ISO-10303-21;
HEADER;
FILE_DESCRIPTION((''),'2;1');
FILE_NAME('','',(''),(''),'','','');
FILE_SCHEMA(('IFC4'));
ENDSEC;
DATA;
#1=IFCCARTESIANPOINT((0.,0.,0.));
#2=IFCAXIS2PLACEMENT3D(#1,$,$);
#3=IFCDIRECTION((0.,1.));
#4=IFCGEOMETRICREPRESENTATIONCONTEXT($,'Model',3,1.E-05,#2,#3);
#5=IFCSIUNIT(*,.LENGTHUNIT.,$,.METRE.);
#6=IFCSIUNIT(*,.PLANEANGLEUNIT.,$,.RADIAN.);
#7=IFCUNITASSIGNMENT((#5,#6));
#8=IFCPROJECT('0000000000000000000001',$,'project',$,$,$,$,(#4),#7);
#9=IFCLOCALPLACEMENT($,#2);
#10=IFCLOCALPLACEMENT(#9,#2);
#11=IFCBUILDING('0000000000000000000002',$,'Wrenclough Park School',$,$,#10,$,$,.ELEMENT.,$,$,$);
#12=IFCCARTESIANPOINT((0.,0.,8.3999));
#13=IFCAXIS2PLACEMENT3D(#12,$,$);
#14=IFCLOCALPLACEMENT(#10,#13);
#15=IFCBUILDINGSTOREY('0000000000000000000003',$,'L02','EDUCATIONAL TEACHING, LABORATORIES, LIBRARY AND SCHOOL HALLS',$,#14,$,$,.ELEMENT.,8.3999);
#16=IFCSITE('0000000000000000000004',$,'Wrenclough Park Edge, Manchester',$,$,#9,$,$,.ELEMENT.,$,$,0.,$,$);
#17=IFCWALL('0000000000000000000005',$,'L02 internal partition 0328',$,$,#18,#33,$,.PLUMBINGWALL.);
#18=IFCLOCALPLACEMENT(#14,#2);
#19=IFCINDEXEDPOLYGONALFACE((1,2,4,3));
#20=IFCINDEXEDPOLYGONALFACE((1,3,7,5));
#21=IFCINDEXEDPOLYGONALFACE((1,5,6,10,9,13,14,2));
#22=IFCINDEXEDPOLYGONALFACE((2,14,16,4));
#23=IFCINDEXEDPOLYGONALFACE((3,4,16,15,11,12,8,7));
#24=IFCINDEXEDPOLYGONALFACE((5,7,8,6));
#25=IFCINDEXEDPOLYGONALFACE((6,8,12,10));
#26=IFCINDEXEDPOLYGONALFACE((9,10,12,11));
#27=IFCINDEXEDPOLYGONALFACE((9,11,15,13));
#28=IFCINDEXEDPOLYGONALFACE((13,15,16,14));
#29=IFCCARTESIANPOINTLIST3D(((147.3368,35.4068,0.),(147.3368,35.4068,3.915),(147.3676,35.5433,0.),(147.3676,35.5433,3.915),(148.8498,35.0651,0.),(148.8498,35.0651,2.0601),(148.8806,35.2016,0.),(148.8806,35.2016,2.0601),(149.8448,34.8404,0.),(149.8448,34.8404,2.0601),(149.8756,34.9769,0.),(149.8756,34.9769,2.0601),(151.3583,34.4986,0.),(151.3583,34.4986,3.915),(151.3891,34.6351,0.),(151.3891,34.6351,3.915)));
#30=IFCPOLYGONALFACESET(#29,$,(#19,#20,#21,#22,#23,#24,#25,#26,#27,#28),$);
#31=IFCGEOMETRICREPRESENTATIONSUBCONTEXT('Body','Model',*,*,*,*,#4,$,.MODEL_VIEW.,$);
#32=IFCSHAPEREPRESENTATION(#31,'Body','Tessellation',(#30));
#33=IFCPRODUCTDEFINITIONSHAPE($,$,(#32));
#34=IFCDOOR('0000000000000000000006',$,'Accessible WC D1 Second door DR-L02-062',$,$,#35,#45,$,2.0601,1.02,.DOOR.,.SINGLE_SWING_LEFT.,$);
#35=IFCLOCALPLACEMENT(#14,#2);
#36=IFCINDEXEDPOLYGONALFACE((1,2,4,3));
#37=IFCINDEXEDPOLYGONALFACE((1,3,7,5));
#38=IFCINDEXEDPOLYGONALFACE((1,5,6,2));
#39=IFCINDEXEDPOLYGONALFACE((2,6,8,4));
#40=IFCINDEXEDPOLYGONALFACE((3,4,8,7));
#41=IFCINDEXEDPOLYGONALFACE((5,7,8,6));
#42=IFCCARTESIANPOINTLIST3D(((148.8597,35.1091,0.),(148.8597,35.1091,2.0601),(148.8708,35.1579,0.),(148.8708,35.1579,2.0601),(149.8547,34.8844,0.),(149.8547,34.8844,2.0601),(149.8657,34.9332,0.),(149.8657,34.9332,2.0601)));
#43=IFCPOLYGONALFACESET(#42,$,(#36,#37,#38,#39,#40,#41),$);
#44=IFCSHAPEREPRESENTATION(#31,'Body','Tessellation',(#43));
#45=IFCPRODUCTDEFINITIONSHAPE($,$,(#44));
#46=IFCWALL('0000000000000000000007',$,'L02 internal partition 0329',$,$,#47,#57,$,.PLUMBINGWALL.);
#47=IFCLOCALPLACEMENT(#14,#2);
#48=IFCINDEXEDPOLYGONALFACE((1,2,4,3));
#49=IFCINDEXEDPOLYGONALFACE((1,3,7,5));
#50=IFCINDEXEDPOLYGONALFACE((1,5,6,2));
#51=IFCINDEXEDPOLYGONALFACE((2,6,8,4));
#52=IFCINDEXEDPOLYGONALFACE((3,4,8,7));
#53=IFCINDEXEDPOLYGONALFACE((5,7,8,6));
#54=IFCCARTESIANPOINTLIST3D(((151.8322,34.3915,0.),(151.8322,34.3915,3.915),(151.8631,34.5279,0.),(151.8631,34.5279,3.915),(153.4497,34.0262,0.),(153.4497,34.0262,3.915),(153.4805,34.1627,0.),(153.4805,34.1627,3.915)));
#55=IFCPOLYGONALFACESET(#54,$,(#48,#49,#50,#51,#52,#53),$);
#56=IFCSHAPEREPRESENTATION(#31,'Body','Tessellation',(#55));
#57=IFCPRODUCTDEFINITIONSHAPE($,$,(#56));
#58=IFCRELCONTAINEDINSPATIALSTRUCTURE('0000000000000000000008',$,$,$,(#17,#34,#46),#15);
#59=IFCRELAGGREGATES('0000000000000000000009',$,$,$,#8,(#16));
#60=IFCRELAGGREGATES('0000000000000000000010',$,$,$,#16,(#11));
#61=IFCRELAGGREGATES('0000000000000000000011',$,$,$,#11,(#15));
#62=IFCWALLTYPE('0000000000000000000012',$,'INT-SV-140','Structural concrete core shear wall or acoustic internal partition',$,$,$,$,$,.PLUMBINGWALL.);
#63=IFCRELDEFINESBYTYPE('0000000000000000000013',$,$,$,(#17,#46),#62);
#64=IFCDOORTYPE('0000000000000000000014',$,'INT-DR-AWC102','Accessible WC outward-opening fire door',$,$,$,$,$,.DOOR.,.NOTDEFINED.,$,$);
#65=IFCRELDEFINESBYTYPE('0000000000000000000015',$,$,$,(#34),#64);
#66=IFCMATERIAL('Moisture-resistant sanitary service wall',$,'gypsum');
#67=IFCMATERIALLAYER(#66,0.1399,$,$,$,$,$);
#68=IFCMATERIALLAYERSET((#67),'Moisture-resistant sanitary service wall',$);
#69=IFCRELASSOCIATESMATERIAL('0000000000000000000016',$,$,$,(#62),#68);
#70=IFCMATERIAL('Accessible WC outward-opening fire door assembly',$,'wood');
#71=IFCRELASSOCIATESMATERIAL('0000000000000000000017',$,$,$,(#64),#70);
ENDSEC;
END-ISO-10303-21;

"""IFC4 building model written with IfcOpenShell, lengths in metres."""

from ifc_helpers import new_model, si_unit, direction, frame, frame_2d, origin, place, context, subcontext, project, spatial, rectangle, extrude, material, layer, layer_set, type_object, element, fill, save


model = new_model("IFC4")

# Units and contexts
model_context = context("Model", 3, precision=1e-05, world=origin(), true_north=direction((0.0, 1.0)))
body_context = subcontext(model_context, "Body", "Model", "MODEL_VIEW")
ifc_project = project(units=[si_unit("LENGTHUNIT", "METRE"), si_unit("PLANEANGLEUNIT", "RADIAN")], contexts=[model_context])

# Site, building, storey
site_placement = place(None, origin())
site = spatial("IfcSite", under=ifc_project, at=site_placement, Name="Wrenclough Park Edge, Manchester", CompositionType="ELEMENT", RefElevation=0.0)
building_placement = place(site_placement, origin())
building = spatial("IfcBuilding", under=site, at=building_placement, Name="Wrenclough Park School", CompositionType="ELEMENT")
storey_placement = place(building_placement, frame((0.0, 0.0, 8.3999)))
storey = spatial("IfcBuildingStorey", under=building, at=storey_placement, Name="L02", Description="EDUCATIONAL TEACHING, LABORATORIES, LIBRARY AND SCHOOL HALLS", CompositionType="ELEMENT", Elevation=8.3999)

# Wall, opening, door
ifc_material_1 = material(Name="Moisture-resistant sanitary service wall", Category="gypsum")
ifc_layer_1 = layer(ifc_material_1, 0.1399)
ifc_layer_set_1 = layer_set([ifc_layer_1], Name="Moisture-resistant sanitary service wall")
wall_type_1 = type_object("IfcWallType", Name="INT-SV-140", Description="Structural concrete core shear wall or acoustic internal partition", PredefinedType="PLUMBINGWALL", material=ifc_layer_set_1)
wall_1_placement = place(storey_placement, frame((147.3521, 35.4751, 0.0), z_axis=(0.0, 0.0, 1.0), x_axis=(0.975434, -0.22029, 0.0)))
wall_1 = element("IfcWall", 1, at=wall_1_placement, inside=storey, type_object=wall_type_1, Name="L02 internal partition 0328", PredefinedType="PLUMBINGWALL", context=body_context, shape_type="SweptSolid", body=[
    extrude(rectangle(XDim=4.1228, YDim=0.1399, at=frame_2d((2.0615, 0.0))), origin(), (0.0, 0.0, 1.0), 3.915),
])
opening_1_placement = place(wall_1_placement, frame((1.5513, 0.0, 0.0)))
opening_1 = element("IfcOpeningElement", 2, at=opening_1_placement, cuts=wall_1, PredefinedType="OPENING", context=body_context, shape_type="SweptSolid", body=[
    extrude(rectangle(XDim=1.02, YDim=2.0601, at=frame_2d((0.51, 1.03))), frame((0.0, 0.0798, 0.0), z_axis=(0.0, -1.0, 0.0), x_axis=(1.0, 0.0, 0.0)), (0.0, 0.0, 1.0), 0.1599),
])
ifc_material_2 = material(Name="Accessible WC outward-opening fire door assembly", Category="wood")
door_type_1 = type_object("IfcDoorType", Name="INT-DR-AWC102", Description="Accessible WC outward-opening fire door", OperationType="NOTDEFINED", PredefinedType="DOOR", material=ifc_material_2)
door_1_placement = place(opening_1_placement, frame((1.02, 0.0, 0.0), z_axis=(0.0, 0.0, 1.0), x_axis=(-1.0, 0.0, 0.0)))
door_1 = element("IfcDoor", 3, at=door_1_placement, inside=storey, type_object=door_type_1, Name="Accessible WC D1 Second door DR-L02-062", OperationType="SINGLE_SWING_LEFT", OverallHeight=2.0601, OverallWidth=1.02, PredefinedType="DOOR", context=body_context, shape_type="SweptSolid", body=[
    extrude(rectangle(XDim=1.02, YDim=2.0601, at=frame_2d((0.51, 1.03))), frame((0.0, 0.0249, 0.0), z_axis=(0.0, -1.0, 0.0), x_axis=(1.0, 0.0, 0.0)), (0.0, 0.0, 1.0), 0.05),
])
fill(opening_1, door_1)

# Wall
wall_2_placement = place(storey_placement, frame((151.8477, 34.4597, 0.0), z_axis=(0.0, 0.0, 1.0), x_axis=(0.97544, -0.220265, 0.0)))
element("IfcWall", 4, at=wall_2_placement, inside=storey, type_object=wall_type_1, Name="L02 internal partition 0329", PredefinedType="PLUMBINGWALL", context=body_context, shape_type="SweptSolid", body=[
    extrude(rectangle(XDim=1.6582, YDim=0.1399, at=frame_2d((0.8291, 0.0))), origin(), (0.0, 0.0, 1.0), 3.915),
])

save(model, "model.ifc")
